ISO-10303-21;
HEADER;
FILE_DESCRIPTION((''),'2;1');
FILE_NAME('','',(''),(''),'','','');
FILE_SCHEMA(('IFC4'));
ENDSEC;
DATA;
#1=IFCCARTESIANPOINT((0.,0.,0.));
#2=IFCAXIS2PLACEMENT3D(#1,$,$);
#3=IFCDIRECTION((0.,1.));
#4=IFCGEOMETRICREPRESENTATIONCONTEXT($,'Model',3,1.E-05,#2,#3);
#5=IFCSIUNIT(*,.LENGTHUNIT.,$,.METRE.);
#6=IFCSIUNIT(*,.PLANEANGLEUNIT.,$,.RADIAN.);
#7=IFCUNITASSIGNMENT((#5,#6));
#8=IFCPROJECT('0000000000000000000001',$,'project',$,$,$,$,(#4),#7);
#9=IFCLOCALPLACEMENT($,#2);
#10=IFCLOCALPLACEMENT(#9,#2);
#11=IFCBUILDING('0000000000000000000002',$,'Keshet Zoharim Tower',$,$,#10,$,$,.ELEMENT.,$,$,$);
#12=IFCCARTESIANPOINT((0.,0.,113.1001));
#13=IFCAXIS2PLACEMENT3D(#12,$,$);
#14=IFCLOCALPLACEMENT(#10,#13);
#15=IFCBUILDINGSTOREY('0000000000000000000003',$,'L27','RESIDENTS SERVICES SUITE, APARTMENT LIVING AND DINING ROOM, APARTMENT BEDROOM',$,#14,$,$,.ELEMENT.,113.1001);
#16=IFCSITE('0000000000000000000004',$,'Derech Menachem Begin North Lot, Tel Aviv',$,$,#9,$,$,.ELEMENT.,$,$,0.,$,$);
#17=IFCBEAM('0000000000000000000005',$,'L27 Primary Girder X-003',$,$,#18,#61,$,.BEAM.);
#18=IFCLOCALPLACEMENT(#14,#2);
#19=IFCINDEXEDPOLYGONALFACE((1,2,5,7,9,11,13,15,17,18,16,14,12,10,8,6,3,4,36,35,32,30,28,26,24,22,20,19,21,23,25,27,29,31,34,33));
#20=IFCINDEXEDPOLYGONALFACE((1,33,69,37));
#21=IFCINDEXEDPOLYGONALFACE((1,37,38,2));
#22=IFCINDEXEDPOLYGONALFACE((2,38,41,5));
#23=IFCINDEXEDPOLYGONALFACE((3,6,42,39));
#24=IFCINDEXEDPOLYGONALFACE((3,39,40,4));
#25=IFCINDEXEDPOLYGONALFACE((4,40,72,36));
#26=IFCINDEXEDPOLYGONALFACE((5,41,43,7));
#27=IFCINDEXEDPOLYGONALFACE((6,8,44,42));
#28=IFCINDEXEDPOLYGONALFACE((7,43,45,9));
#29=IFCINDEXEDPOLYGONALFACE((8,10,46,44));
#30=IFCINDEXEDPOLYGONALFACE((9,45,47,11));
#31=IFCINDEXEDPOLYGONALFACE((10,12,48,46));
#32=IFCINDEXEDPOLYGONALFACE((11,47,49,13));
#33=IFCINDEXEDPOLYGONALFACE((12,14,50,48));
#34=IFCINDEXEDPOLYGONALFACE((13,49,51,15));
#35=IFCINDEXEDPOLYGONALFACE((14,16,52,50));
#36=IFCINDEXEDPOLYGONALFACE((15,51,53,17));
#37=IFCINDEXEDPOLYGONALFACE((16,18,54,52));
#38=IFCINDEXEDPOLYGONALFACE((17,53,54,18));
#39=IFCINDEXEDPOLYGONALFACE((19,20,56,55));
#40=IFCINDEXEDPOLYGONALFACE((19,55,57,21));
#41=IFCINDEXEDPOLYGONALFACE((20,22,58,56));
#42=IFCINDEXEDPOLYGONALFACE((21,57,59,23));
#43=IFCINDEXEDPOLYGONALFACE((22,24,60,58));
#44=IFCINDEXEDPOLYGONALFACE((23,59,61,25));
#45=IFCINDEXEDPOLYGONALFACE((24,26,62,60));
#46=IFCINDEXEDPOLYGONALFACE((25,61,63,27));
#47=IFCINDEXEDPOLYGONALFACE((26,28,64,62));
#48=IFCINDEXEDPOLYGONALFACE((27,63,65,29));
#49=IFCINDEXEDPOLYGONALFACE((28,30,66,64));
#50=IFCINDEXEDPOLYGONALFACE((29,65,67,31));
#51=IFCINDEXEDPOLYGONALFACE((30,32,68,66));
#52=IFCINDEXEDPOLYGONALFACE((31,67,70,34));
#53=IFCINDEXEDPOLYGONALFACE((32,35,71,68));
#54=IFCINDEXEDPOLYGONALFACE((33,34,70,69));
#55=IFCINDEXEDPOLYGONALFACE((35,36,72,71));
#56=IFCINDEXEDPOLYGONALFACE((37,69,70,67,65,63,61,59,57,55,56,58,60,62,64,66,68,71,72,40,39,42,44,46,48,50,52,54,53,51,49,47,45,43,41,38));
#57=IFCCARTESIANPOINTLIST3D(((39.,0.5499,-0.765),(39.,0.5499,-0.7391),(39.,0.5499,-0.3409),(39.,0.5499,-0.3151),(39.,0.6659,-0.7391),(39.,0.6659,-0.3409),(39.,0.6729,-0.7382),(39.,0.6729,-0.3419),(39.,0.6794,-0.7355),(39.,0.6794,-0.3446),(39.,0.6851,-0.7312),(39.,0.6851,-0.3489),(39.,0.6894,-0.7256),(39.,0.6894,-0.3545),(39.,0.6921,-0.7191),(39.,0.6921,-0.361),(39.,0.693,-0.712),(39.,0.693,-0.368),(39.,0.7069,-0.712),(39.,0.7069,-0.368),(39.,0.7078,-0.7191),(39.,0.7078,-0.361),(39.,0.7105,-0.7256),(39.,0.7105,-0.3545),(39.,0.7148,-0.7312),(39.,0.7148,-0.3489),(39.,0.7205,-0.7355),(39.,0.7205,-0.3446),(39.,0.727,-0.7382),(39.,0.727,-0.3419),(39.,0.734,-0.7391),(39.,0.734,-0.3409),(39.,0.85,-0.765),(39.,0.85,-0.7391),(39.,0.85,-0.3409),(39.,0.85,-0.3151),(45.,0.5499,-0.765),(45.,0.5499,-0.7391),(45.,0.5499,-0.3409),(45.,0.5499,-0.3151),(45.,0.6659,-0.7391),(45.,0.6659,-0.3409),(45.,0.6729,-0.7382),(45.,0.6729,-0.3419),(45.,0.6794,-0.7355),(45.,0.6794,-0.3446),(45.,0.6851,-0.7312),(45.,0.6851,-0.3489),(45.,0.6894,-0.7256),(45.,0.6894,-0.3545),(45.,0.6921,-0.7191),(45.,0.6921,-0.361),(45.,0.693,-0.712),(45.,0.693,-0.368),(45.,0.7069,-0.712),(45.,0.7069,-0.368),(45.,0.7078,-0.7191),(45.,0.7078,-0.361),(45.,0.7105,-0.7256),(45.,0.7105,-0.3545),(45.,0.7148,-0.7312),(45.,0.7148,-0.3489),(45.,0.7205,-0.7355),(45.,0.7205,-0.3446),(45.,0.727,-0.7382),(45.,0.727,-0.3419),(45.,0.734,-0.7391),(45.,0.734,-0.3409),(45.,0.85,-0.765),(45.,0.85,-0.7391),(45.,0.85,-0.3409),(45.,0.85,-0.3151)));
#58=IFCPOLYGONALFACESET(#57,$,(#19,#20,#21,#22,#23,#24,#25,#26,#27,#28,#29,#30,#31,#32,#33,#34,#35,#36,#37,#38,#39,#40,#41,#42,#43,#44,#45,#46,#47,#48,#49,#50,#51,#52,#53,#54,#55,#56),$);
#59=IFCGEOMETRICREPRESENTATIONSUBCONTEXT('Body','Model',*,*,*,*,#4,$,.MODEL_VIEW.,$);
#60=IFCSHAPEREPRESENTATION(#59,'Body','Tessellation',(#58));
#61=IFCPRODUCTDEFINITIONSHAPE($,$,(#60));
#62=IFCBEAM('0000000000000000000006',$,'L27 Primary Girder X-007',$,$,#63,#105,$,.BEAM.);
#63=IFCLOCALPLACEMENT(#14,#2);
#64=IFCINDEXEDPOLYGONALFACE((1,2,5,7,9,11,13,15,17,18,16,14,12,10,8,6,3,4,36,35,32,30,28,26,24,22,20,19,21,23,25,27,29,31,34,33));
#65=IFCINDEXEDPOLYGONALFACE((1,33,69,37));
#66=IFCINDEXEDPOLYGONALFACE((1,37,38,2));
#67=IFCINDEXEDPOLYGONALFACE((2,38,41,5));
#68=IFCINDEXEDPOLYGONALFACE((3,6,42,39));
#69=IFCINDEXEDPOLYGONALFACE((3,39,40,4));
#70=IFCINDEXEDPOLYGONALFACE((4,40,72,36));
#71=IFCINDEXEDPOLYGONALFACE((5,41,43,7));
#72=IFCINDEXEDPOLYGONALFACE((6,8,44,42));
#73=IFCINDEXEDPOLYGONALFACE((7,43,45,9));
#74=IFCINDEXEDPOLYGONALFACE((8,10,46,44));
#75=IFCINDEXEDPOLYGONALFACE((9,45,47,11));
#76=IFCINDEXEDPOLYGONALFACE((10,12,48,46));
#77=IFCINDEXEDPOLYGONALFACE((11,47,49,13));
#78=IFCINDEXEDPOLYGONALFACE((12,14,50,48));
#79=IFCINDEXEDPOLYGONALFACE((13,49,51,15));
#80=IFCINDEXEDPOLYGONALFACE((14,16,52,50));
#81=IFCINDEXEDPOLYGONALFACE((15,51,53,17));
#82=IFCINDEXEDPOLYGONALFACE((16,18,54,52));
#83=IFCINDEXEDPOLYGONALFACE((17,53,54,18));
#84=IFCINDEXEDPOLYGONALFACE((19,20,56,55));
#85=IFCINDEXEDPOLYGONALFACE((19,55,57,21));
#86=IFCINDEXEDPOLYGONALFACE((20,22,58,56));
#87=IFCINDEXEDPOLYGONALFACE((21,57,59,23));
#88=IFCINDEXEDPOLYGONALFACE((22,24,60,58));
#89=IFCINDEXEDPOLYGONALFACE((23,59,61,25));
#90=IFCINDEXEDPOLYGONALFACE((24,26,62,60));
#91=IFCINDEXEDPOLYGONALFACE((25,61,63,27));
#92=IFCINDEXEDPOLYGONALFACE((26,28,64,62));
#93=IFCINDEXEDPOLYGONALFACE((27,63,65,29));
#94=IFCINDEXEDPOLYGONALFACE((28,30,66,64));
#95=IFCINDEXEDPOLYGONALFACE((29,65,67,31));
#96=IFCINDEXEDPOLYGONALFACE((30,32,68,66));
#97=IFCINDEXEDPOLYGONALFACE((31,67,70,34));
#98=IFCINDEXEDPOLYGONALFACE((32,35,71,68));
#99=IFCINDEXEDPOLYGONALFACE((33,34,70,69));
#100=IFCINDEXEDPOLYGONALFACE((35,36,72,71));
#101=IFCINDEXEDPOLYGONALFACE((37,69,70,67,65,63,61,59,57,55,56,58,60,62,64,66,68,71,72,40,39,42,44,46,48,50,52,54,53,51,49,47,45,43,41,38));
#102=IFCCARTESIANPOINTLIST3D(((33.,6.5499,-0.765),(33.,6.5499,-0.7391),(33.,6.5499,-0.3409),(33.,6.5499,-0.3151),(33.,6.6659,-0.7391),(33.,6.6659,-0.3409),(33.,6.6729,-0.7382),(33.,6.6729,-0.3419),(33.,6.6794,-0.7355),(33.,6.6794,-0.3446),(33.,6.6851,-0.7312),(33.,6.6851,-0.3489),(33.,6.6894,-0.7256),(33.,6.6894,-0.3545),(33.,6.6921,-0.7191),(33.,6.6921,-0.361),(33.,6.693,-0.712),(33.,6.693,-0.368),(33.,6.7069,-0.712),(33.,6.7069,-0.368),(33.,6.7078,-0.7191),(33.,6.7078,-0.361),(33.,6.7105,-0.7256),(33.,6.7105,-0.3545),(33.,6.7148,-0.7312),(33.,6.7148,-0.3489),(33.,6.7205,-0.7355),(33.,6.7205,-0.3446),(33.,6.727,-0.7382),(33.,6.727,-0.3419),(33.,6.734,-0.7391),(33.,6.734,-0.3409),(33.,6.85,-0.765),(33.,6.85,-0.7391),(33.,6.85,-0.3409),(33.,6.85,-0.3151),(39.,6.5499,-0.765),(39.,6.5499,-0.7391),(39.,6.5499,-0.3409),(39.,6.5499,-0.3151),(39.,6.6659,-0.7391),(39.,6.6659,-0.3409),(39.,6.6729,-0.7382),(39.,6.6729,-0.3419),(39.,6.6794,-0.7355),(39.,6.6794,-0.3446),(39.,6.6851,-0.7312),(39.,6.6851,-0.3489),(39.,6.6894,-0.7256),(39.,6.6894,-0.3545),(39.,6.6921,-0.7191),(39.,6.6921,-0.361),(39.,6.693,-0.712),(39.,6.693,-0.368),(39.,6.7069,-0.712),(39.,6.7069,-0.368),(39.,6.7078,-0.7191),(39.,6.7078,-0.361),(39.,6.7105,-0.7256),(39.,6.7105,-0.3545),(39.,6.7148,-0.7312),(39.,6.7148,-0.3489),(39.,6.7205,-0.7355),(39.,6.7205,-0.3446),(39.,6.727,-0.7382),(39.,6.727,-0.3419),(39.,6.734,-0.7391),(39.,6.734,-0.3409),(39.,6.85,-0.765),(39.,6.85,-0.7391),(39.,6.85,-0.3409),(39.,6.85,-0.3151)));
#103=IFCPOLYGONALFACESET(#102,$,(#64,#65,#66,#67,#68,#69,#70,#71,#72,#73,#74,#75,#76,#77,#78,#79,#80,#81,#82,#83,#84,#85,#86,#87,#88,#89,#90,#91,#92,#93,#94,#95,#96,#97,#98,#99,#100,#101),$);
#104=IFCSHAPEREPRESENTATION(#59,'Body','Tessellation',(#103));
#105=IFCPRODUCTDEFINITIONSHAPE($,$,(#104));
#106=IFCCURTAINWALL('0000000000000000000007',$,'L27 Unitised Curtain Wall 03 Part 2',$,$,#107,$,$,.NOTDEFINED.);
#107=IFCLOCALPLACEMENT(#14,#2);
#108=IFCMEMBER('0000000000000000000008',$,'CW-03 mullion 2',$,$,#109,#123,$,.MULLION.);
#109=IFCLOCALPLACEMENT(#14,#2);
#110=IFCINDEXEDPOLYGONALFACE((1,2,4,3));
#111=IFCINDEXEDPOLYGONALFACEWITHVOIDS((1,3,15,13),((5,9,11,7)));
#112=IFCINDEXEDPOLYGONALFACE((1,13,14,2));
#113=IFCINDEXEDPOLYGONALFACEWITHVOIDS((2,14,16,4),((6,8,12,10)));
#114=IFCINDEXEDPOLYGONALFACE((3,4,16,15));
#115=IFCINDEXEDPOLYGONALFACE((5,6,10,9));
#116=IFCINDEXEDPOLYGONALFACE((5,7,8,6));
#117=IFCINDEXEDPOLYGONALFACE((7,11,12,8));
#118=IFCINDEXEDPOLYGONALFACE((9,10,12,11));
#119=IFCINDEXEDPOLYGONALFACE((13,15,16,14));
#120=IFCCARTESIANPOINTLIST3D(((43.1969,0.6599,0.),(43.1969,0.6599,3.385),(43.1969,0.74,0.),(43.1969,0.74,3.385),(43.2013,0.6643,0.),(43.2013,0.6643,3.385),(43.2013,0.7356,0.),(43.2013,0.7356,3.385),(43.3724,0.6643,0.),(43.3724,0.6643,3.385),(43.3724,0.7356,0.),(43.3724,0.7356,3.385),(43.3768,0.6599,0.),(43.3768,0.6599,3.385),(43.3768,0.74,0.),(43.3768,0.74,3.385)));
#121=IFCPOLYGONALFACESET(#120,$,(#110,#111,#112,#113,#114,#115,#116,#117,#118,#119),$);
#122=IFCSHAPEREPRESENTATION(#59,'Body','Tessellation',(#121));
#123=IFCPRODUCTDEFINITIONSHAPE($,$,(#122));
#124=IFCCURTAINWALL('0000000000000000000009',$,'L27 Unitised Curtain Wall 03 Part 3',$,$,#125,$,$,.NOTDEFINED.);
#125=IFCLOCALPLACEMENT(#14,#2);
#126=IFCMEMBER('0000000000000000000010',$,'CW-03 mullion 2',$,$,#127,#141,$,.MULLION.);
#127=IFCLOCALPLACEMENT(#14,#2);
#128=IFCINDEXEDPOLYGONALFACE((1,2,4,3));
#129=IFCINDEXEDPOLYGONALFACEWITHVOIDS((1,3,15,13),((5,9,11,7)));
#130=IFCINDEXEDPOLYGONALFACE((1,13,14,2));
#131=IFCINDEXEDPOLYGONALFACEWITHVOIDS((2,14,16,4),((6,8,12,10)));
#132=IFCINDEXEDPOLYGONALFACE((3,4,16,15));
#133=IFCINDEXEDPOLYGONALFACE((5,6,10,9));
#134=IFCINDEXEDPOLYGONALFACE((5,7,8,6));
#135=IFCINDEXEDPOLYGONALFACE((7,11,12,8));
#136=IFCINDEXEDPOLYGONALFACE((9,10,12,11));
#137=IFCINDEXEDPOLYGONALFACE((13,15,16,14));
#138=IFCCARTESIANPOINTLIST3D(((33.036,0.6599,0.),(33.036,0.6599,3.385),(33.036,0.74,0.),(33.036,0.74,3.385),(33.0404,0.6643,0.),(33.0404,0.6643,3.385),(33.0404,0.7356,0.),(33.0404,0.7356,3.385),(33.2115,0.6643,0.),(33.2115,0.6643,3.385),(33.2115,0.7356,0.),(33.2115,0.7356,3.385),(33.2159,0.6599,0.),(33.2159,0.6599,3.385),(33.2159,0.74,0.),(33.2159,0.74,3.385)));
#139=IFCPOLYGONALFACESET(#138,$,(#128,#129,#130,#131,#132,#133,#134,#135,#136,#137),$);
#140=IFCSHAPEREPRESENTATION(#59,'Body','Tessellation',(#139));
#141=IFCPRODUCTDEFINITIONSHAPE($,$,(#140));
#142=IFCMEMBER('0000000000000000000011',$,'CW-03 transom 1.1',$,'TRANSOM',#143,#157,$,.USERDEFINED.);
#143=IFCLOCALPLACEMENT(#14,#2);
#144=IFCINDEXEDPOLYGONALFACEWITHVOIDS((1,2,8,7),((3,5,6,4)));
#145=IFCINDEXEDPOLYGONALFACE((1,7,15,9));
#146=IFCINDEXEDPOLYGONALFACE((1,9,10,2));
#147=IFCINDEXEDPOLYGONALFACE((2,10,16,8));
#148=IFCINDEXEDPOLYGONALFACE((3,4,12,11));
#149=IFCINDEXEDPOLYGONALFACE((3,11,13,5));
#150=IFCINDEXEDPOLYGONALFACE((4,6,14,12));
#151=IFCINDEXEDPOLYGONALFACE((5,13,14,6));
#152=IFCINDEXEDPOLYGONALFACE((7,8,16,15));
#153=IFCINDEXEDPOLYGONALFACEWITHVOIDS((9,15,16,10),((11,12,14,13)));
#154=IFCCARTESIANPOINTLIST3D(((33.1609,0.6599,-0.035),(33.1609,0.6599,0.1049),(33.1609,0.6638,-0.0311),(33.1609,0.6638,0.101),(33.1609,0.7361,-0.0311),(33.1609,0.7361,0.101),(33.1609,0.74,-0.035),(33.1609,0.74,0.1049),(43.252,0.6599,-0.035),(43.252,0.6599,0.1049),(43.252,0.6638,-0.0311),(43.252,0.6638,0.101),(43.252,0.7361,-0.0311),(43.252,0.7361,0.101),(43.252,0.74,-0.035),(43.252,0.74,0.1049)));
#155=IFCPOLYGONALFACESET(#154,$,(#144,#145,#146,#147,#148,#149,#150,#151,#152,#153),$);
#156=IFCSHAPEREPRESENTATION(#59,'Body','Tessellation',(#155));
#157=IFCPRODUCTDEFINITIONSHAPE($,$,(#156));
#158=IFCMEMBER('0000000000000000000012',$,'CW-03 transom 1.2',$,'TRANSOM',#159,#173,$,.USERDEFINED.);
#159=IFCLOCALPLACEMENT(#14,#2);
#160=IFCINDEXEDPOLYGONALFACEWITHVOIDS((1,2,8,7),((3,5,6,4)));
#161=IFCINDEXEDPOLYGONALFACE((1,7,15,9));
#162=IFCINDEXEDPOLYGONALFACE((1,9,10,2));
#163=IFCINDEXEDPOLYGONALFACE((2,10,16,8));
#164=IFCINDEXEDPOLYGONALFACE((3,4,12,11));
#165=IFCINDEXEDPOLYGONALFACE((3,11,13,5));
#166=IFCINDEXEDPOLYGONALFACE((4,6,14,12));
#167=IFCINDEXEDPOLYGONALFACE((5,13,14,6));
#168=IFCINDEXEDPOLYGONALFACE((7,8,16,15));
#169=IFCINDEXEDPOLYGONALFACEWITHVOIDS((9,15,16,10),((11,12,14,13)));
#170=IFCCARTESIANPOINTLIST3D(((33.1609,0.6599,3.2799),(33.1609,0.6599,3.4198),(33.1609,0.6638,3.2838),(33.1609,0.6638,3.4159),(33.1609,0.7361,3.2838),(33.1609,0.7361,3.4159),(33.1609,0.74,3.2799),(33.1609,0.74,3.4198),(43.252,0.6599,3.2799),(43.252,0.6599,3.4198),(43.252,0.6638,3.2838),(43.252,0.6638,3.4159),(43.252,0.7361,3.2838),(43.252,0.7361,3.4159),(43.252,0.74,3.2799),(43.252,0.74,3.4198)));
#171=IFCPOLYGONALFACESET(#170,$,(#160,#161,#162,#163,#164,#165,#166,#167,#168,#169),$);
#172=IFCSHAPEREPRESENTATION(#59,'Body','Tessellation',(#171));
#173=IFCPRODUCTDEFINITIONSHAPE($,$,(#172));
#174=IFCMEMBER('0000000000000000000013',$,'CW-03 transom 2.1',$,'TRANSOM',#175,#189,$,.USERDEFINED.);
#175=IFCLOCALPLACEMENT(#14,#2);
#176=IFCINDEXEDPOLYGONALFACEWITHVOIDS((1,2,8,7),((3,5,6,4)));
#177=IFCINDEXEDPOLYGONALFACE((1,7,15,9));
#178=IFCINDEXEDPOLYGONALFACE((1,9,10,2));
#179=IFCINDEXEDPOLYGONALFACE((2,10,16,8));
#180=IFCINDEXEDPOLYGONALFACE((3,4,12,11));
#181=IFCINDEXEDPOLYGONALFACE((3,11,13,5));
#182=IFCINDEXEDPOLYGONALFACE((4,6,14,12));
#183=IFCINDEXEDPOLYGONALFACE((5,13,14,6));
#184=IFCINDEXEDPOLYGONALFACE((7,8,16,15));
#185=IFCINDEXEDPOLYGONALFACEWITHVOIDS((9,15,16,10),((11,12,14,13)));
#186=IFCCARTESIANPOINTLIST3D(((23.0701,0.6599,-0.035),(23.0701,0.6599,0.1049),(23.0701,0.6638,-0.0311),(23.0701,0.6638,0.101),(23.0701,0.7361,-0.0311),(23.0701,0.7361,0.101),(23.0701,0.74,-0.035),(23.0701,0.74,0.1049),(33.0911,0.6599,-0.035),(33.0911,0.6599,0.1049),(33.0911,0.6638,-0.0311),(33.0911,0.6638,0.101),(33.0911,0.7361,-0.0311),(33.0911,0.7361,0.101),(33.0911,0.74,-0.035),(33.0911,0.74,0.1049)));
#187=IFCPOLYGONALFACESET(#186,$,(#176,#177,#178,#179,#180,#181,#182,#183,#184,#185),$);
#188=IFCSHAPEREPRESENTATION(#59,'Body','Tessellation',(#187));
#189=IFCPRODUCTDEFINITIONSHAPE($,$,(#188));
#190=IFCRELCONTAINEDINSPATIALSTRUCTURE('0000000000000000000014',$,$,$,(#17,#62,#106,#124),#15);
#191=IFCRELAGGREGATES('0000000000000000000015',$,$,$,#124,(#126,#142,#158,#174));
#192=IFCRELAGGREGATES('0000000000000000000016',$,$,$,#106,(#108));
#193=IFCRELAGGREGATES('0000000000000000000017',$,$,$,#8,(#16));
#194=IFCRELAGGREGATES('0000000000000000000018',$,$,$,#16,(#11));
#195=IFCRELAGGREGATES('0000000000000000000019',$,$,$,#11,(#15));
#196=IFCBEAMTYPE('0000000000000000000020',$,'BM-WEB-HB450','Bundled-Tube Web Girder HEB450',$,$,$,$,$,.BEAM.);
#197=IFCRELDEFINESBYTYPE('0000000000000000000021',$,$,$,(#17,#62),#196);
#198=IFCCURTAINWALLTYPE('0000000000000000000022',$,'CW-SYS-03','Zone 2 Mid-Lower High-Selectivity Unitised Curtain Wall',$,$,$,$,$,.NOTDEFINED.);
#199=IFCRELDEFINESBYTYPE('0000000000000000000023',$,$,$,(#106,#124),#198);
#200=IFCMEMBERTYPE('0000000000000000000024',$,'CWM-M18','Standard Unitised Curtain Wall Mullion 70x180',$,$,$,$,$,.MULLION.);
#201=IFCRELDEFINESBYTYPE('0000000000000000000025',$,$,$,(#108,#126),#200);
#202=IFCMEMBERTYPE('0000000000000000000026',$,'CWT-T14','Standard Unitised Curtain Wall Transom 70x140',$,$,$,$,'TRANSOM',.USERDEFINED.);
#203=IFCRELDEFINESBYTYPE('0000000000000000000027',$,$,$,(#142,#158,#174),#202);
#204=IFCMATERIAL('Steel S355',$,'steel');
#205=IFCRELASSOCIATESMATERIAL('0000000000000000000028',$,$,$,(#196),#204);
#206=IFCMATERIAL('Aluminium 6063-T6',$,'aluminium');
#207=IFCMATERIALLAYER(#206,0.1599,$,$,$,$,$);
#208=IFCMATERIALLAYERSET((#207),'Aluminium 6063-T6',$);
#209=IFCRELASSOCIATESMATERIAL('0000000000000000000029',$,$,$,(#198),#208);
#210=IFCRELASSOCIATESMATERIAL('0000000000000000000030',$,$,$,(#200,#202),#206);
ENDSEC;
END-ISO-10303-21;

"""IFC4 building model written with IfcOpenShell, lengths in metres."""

from ifc_helpers import new_model, si_unit, direction, frame, origin, origin_2d, place, context, subcontext, project, spatial, hollow_rectangle, i_section, extrude, material, layer, layer_set, material_profile, profile_set, type_object, element, aggregate, save


model = new_model("IFC4")

# Units and contexts
model_context = context("Model", 3, precision=1e-05, world=origin(), true_north=direction((0.0, 1.0)))
body_context = subcontext(model_context, "Body", "Model", "MODEL_VIEW")
ifc_project = project(units=[si_unit("LENGTHUNIT", "METRE"), si_unit("PLANEANGLEUNIT", "RADIAN")], contexts=[model_context])

# Site, building, storey
site_placement = place(None, origin())
site = spatial("IfcSite", under=ifc_project, at=site_placement, Name="Derech Menachem Begin North Lot, Tel Aviv", CompositionType="ELEMENT", RefElevation=0.0)
building_placement = place(site_placement, origin())
building = spatial("IfcBuilding", under=site, at=building_placement, Name="Keshet Zoharim Tower", CompositionType="ELEMENT")
storey_placement = place(building_placement, frame((0.0, 0.0, 113.1001)))
storey = spatial("IfcBuildingStorey", under=building, at=storey_placement, Name="L27", Description="RESIDENTS SERVICES SUITE, APARTMENT LIVING AND DINING ROOM, APARTMENT BEDROOM", CompositionType="ELEMENT", Elevation=113.1001)

# Shared definitions
ifc_material_1 = material(Name="Steel S355", Category="steel")

# Beams
ifc_material_profile_1 = material_profile(ifc_material_1, i_section(OverallWidth=0.3, OverallDepth=0.45, WebThickness=0.0139, FlangeThickness=0.0259, FilletRadius=0.0271, at=origin_2d()), Name="HEB450")
ifc_profile_set_1 = profile_set([ifc_material_profile_1], Name="Steel S355")
beam_type_1 = type_object("IfcBeamType", Name="BM-WEB-HB450", Description="Bundled-Tube Web Girder HEB450", PredefinedType="BEAM", material=ifc_profile_set_1)
for number, where, z_axis, x_axis, name in (
    (1, (39.0, 0.7, -0.54), (1.0, 0.0, 0.0), (0.0, 1.0, 0.0), "L27 Primary Girder X-003"),
    (2, (33.0, 6.7, -0.54), (1.0, 0.0, 0.0), (0.0, 1.0, 0.0), "L27 Primary Girder X-007"),
):
    element("IfcBeam", number, at=place(storey_placement, frame(where, z_axis=z_axis, x_axis=x_axis)), inside=storey, type_object=beam_type_1, Name=name, PredefinedType="BEAM", context=body_context, shape_type="SweptSolid", body=[
        extrude(i_section(OverallWidth=0.3, OverallDepth=0.45, WebThickness=0.0139, FlangeThickness=0.0259, FilletRadius=0.0271, at=origin_2d()), origin(), (0.0, 0.0, 1.0), 6.0),
    ])

# Curtain wall, member
ifc_material_2 = material(Name="Aluminium 6063-T6", Category="aluminium")
ifc_layer_1 = layer(ifc_material_2, 0.1599)
ifc_layer_set_1 = layer_set([ifc_layer_1], Name="Aluminium 6063-T6")
curtain_wall_type = type_object("IfcCurtainWallType", Name="CW-SYS-03", Description="Zone 2 Mid-Lower High-Selectivity Unitised Curtain Wall", PredefinedType="NOTDEFINED", material=ifc_layer_set_1)
curtain_wall_1_placement = place(storey_placement, origin())
curtain_wall_1 = element("IfcCurtainWall", 3, at=curtain_wall_1_placement, inside=storey, type_object=curtain_wall_type, Name="L27 Unitised Curtain Wall 03 Part 2", PredefinedType="NOTDEFINED")
ifc_material_profile_2 = material_profile(ifc_material_2, hollow_rectangle(XDim=0.0801, YDim=0.1799, WallThickness=0.0044, at=origin_2d()), Name="MUL-80x180")
ifc_profile_set_2 = profile_set([ifc_material_profile_2], Name="Aluminium 6063-T6")
member_type_1 = type_object("IfcMemberType", Name="CWM-M18", Description="Standard Unitised Curtain Wall Mullion 70x180", PredefinedType="MULLION", material=ifc_profile_set_2)
member_1_placement = place(storey_placement, frame((43.2869, 0.7, 0.0), z_axis=(0.0, 0.0, 1.0), x_axis=(0.0, -1.0, 0.0)))
member_1 = element("IfcMember", 4, at=member_1_placement, type_object=member_type_1, Name="CW-03 mullion 2", PredefinedType="MULLION", context=body_context, shape_type="SweptSolid", body=[
    extrude(hollow_rectangle(XDim=0.0801, YDim=0.1799, WallThickness=0.0044, at=origin_2d()), origin(), (0.0, 0.0, 1.0), 3.385),
])

# Curtain wall, members
curtain_wall_2_placement = place(storey_placement, origin())
curtain_wall_2 = element("IfcCurtainWall", 5, at=curtain_wall_2_placement, inside=storey, type_object=curtain_wall_type, Name="L27 Unitised Curtain Wall 03 Part 3", PredefinedType="NOTDEFINED")
member_2_placement = place(storey_placement, frame((33.126, 0.7, 0.0), z_axis=(0.0, 0.0, 1.0), x_axis=(0.0, -1.0, 0.0)))
member_2 = element("IfcMember", 6, at=member_2_placement, type_object=member_type_1, Name="CW-03 mullion 2", PredefinedType="MULLION", context=body_context, shape_type="SweptSolid", body=[
    extrude(hollow_rectangle(XDim=0.0801, YDim=0.1799, WallThickness=0.0044, at=origin_2d()), origin(), (0.0, 0.0, 1.0), 3.385),
])
ifc_material_profile_3 = material_profile(ifc_material_2, hollow_rectangle(XDim=0.0801, YDim=0.1399, WallThickness=0.0039, at=origin_2d()), Name="TRN-80x140")
ifc_profile_set_3 = profile_set([ifc_material_profile_3], Name="Aluminium 6063-T6")
member_type_2 = type_object("IfcMemberType", Name="CWT-T14", Description="Standard Unitised Curtain Wall Transom 70x140", ElementType="TRANSOM", PredefinedType="USERDEFINED", material=ifc_profile_set_3)
member_3_placement = place(storey_placement, frame((43.252, 0.7, 0.0349), z_axis=(-1.0, 0.0, 0.0), x_axis=(0.0, -1.0, 0.0)))
member_3 = element("IfcMember", 7, at=member_3_placement, type_object=member_type_2, Name="CW-03 transom 1.1", ObjectType="TRANSOM", PredefinedType="USERDEFINED", context=body_context, shape_type="SweptSolid", body=[
    extrude(hollow_rectangle(XDim=0.0801, YDim=0.1399, WallThickness=0.0039, at=origin_2d()), origin(), (0.0, 0.0, 1.0), 10.0911),
])
member_4_placement = place(storey_placement, frame((43.252, 0.7, 3.3499), z_axis=(-1.0, 0.0, 0.0), x_axis=(0.0, -1.0, 0.0)))
member_4 = element("IfcMember", 8, at=member_4_placement, type_object=member_type_2, Name="CW-03 transom 1.2", ObjectType="TRANSOM", PredefinedType="USERDEFINED", context=body_context, shape_type="SweptSolid", body=[
    extrude(hollow_rectangle(XDim=0.0801, YDim=0.1399, WallThickness=0.0039, at=origin_2d()), origin(), (0.0, 0.0, 1.0), 10.0911),
])
member_5_placement = place(storey_placement, frame((33.0911, 0.7, 0.0349), z_axis=(-1.0, 0.0, 0.0), x_axis=(0.0, -1.0, 0.0)))
member_5 = element("IfcMember", 9, at=member_5_placement, type_object=member_type_2, Name="CW-03 transom 2.1", ObjectType="TRANSOM", PredefinedType="USERDEFINED", context=body_context, shape_type="SweptSolid", body=[
    extrude(hollow_rectangle(XDim=0.0801, YDim=0.1399, WallThickness=0.0039, at=origin_2d()), origin(), (0.0, 0.0, 1.0), 10.021),
])
aggregate(curtain_wall_2, [member_2, member_3, member_4, member_5])

aggregate(curtain_wall_1, [member_1])

save(model, "model.ifc")
